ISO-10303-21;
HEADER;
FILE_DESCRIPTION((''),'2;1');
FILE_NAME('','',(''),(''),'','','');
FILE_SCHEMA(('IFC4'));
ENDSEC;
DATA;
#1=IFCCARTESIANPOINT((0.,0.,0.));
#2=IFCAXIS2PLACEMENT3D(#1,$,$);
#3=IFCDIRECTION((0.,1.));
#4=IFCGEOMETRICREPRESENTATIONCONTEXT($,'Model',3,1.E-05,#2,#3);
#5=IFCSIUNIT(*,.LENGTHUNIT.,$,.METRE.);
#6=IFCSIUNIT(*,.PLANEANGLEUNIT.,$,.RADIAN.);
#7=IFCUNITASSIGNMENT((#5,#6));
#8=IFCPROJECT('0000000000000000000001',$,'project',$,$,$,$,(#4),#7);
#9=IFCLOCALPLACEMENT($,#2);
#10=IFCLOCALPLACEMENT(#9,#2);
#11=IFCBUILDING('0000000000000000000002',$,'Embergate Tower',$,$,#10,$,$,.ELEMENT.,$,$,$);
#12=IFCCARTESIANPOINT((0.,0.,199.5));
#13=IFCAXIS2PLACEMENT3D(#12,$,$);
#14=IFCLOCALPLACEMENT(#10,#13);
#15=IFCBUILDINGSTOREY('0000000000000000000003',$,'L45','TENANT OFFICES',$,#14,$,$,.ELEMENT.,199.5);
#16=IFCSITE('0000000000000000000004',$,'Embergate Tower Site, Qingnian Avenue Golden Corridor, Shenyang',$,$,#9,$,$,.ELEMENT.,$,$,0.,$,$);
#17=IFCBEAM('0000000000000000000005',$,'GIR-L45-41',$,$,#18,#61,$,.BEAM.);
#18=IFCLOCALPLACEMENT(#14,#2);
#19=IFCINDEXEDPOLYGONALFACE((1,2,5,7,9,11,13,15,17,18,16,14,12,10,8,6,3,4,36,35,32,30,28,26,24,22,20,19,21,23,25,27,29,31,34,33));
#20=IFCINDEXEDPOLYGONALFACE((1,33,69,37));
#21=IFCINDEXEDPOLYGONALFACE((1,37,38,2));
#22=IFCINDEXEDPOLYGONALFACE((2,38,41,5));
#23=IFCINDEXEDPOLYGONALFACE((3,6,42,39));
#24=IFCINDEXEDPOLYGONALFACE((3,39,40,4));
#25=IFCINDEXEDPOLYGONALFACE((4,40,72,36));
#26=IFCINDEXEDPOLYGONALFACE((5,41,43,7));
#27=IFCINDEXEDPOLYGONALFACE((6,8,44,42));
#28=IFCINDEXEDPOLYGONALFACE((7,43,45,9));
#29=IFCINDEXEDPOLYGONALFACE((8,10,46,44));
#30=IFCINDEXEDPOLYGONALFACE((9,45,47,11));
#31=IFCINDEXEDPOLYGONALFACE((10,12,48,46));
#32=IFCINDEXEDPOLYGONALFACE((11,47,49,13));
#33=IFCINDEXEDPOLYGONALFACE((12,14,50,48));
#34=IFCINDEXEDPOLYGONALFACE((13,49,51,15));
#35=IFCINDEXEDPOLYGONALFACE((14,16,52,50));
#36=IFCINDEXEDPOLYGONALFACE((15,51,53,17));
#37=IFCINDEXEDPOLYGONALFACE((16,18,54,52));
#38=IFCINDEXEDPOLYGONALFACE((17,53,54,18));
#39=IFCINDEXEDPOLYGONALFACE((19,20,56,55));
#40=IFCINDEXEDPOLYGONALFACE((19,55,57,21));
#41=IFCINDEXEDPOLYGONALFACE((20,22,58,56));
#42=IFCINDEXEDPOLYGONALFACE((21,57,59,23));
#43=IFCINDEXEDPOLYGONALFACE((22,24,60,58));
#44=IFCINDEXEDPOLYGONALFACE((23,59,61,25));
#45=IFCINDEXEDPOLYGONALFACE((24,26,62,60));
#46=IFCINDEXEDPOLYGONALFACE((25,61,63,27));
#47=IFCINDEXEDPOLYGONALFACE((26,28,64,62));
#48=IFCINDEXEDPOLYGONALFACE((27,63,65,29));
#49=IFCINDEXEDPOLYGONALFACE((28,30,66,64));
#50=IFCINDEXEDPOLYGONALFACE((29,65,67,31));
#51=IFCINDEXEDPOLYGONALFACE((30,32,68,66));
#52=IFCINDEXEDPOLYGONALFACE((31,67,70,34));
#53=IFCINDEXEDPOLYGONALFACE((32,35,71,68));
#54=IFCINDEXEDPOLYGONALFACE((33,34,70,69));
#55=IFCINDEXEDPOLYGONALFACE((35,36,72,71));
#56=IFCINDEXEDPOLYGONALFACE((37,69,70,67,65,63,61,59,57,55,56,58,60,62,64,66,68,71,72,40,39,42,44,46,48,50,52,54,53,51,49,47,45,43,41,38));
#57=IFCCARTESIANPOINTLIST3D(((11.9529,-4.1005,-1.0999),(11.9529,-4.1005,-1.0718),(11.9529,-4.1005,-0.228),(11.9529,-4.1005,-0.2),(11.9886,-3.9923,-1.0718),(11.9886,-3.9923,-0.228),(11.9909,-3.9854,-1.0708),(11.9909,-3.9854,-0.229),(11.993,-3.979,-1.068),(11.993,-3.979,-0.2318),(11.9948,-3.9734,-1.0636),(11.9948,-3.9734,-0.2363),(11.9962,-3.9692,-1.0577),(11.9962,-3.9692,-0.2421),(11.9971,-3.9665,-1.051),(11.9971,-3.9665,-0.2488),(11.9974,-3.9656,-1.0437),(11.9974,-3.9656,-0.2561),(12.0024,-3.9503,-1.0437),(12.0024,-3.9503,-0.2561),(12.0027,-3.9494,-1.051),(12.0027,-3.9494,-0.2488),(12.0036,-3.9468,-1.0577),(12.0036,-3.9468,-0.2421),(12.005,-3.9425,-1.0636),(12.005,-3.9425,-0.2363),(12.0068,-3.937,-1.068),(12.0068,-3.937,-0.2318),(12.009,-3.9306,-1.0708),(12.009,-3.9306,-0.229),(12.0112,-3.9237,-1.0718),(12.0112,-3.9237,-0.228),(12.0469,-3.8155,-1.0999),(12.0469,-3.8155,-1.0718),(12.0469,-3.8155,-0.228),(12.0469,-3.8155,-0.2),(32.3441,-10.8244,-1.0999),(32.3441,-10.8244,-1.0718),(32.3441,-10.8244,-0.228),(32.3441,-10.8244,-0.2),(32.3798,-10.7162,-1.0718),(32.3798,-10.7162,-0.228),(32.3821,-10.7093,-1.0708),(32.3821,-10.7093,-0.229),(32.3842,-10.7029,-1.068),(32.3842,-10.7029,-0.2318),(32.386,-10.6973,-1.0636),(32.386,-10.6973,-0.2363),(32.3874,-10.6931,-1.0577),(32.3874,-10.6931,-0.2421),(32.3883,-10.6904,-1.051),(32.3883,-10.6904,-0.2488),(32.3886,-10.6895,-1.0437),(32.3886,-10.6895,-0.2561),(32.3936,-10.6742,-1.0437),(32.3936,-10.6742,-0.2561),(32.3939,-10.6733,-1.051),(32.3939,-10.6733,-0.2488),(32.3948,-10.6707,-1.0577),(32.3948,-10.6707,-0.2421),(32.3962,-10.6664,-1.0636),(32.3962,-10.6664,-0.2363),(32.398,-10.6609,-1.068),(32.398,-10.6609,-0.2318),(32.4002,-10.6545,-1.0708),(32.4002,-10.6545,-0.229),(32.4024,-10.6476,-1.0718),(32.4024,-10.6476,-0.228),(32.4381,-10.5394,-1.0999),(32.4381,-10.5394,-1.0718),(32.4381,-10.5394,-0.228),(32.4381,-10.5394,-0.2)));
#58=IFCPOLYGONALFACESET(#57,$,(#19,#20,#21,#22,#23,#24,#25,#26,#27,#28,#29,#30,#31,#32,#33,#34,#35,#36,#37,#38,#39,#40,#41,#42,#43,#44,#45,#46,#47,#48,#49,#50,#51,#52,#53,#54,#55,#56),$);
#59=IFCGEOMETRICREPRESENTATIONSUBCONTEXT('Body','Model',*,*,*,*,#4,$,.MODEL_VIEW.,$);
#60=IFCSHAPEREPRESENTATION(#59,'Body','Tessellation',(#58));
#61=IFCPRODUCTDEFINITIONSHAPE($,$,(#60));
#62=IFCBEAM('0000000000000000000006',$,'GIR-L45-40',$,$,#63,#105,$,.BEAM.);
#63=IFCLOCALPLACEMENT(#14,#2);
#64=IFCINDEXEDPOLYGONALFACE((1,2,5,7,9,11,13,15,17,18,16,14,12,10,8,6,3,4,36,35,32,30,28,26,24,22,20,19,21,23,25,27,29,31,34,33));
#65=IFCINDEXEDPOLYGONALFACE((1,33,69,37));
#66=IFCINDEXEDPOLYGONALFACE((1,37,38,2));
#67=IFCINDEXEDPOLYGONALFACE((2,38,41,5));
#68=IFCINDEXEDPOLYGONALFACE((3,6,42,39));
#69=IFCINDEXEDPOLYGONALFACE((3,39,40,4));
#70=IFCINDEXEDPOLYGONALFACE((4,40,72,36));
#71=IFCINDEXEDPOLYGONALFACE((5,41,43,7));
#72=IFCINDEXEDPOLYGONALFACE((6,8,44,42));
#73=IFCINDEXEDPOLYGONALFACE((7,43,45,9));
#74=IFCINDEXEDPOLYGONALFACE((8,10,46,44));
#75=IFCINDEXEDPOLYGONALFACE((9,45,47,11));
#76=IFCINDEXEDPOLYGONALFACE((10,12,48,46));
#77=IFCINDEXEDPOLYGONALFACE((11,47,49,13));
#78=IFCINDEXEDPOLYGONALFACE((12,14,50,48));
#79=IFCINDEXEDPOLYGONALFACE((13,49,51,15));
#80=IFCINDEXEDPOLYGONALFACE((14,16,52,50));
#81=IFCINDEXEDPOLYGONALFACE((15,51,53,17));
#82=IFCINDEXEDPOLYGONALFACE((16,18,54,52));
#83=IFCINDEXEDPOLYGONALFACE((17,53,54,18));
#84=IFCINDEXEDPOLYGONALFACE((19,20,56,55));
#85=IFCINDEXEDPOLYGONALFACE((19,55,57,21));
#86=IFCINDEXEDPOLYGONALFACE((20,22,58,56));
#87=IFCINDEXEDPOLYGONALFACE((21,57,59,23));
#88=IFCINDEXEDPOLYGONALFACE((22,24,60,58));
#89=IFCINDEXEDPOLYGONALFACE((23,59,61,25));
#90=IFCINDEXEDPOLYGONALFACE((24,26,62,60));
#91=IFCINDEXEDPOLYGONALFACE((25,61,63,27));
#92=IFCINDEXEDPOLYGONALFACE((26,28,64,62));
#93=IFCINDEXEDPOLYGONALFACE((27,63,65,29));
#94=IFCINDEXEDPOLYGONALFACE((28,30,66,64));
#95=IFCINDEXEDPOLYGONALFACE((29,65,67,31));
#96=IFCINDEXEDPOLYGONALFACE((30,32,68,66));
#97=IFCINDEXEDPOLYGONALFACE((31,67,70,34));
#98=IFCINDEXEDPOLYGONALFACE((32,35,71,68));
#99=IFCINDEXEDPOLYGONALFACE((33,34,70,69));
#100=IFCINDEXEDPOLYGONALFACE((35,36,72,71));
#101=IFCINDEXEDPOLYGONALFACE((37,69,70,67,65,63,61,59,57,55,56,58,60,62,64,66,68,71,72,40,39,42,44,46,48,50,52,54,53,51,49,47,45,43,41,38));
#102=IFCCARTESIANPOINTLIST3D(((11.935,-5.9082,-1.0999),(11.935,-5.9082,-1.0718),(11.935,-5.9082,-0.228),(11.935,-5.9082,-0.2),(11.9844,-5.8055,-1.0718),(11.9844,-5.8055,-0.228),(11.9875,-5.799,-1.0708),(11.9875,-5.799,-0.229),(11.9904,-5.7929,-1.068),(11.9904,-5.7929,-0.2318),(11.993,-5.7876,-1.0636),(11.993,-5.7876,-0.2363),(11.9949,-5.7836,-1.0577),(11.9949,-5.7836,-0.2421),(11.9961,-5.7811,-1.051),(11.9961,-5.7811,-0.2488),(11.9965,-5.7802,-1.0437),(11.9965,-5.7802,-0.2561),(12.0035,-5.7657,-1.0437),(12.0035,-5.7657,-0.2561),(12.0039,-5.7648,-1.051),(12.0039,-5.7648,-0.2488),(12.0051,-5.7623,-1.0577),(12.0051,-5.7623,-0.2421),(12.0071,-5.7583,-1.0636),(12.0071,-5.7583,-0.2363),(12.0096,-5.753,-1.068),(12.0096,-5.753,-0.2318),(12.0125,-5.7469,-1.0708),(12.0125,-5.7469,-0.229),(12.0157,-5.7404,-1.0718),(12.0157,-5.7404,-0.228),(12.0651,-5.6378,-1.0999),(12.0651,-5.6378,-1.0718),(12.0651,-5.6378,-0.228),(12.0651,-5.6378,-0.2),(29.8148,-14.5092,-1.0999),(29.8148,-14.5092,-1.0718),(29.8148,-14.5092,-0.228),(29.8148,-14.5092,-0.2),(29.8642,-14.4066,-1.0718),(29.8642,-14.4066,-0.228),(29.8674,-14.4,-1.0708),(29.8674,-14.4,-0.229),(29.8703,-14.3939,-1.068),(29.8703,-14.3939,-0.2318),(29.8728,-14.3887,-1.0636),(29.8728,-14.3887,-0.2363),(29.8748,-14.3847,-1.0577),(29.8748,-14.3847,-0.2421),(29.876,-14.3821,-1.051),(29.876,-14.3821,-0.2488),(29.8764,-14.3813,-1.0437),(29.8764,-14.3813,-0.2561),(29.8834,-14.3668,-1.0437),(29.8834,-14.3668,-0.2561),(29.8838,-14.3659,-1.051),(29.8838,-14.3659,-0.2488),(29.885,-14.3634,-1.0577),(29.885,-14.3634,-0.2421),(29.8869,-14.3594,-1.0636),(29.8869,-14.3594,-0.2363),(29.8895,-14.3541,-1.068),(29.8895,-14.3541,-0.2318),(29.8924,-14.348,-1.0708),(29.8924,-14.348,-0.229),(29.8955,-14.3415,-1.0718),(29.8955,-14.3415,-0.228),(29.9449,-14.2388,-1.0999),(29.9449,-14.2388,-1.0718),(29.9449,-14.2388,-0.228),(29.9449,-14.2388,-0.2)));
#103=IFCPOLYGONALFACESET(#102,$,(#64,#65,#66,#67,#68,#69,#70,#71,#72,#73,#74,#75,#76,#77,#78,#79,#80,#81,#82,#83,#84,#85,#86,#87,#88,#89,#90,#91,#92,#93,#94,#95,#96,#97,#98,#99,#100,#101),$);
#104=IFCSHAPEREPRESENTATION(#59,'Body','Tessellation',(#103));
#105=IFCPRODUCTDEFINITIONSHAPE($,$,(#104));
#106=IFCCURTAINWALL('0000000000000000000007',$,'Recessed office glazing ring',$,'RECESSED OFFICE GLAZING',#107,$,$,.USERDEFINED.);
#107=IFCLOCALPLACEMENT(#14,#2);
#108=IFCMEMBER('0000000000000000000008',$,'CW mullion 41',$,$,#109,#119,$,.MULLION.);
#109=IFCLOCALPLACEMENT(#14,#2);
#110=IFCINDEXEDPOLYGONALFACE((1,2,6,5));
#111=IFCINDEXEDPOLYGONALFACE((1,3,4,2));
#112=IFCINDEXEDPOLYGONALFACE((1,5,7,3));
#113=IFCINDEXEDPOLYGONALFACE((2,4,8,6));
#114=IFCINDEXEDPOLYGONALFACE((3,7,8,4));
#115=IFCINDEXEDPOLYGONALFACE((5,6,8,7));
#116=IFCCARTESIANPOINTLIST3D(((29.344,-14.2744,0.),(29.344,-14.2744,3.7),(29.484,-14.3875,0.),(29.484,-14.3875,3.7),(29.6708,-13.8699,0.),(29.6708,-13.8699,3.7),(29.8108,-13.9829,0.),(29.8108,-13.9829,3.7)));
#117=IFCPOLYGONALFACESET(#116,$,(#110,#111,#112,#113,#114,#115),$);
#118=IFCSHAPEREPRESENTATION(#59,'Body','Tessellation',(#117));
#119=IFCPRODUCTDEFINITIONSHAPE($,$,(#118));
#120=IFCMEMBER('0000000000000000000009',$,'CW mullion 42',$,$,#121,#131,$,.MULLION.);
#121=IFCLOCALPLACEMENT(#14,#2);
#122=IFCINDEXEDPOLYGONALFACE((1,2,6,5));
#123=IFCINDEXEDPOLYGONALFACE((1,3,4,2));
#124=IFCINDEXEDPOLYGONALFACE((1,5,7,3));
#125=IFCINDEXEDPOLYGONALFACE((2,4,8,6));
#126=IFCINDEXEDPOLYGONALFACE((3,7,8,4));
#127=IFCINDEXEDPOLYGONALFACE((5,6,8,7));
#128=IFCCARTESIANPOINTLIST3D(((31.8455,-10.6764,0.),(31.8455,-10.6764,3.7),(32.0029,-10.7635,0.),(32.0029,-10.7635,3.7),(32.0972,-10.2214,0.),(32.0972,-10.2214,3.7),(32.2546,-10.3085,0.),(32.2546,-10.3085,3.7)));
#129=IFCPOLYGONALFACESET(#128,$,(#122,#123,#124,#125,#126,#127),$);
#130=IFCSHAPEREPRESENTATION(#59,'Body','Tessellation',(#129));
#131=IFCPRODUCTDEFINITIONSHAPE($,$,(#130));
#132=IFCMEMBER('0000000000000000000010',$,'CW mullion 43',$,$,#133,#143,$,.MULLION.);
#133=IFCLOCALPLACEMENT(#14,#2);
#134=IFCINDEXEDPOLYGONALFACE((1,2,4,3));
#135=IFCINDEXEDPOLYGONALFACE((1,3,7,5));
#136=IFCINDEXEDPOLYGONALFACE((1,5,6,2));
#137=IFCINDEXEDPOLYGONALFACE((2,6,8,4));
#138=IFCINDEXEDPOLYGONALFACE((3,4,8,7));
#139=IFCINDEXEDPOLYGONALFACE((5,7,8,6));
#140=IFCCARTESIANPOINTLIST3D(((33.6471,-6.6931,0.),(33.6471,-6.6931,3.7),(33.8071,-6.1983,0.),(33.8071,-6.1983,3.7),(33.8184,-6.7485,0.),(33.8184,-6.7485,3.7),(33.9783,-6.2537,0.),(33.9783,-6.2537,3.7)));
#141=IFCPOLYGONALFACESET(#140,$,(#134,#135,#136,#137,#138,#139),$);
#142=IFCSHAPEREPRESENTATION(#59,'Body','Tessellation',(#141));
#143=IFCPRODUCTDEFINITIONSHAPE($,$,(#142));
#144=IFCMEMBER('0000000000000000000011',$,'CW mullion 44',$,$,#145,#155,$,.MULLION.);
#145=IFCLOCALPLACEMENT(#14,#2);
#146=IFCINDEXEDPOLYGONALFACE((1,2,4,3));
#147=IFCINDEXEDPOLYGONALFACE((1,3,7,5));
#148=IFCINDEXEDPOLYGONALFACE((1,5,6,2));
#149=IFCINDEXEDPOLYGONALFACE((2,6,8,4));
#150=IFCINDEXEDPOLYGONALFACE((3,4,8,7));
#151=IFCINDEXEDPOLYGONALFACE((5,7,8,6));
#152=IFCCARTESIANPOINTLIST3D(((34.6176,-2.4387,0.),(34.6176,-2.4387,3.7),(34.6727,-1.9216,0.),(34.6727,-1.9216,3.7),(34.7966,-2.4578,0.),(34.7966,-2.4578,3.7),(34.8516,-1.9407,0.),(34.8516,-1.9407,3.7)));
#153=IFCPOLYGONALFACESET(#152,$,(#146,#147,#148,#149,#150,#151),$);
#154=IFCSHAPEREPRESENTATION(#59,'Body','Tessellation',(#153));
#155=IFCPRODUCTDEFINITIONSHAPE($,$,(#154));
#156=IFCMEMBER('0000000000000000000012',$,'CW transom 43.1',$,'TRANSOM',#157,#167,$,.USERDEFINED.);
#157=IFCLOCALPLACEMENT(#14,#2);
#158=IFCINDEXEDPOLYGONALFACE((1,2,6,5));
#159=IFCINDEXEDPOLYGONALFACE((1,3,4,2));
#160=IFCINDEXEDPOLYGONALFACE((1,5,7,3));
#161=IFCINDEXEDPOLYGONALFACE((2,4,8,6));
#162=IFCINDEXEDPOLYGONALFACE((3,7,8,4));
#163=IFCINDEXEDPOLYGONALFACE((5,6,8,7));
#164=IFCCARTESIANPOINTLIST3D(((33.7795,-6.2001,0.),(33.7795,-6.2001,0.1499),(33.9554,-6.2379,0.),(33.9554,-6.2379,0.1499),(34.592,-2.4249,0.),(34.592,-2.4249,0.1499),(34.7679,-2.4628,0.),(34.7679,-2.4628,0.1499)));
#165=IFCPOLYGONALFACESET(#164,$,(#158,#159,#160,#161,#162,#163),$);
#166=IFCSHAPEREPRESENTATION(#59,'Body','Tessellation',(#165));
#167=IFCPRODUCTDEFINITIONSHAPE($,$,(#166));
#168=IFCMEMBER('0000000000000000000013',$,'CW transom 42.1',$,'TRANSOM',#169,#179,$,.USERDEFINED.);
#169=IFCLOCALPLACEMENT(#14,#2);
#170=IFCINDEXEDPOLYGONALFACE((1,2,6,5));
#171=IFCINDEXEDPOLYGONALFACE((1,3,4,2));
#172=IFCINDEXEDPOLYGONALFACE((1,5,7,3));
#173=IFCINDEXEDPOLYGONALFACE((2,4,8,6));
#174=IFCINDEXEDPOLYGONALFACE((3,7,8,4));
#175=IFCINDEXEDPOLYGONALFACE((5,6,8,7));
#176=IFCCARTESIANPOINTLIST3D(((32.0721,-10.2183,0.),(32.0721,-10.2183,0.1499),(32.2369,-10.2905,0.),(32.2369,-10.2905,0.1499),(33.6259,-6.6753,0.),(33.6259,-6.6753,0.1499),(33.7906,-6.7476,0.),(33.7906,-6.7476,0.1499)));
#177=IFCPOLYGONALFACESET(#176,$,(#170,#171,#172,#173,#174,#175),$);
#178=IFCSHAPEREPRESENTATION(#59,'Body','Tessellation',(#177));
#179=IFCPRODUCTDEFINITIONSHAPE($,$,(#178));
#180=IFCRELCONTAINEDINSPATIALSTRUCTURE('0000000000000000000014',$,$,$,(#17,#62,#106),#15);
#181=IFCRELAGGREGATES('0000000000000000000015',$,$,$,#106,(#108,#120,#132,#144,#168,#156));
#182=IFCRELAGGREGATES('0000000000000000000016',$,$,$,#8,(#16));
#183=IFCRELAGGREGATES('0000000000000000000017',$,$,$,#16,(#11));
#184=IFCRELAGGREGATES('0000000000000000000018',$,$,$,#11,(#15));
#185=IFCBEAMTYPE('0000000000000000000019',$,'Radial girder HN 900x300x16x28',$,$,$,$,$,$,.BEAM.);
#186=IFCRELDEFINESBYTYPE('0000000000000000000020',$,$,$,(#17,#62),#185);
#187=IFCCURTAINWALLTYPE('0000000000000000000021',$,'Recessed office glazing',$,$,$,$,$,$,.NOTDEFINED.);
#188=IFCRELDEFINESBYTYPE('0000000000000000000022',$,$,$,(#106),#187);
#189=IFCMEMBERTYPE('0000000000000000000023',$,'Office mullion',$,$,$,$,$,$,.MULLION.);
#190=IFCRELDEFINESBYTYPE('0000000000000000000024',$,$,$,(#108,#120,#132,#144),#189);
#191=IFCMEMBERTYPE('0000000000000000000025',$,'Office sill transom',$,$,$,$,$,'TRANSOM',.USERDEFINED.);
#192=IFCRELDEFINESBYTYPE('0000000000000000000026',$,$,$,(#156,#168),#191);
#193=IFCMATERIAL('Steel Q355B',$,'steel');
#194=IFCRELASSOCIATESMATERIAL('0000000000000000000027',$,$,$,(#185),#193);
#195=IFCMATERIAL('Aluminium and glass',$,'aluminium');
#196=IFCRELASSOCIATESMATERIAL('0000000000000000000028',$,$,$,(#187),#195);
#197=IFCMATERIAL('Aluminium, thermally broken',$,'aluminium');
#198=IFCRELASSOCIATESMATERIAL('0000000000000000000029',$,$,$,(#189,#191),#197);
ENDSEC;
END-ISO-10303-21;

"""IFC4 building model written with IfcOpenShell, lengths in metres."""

from ifc_helpers import new_model, si_unit, direction, frame, origin, origin_2d, place, context, subcontext, project, spatial, rectangle, i_section, extrude, source, transform, mapped, material, material_profile, profile_set, type_object, element, aggregate, save


model = new_model("IFC4")

# Units and contexts
model_context = context("Model", 3, precision=1e-05, world=origin(), true_north=direction((0.0, 1.0)))
body_context = subcontext(model_context, "Body", "Model", "MODEL_VIEW")
ifc_project = project(units=[si_unit("LENGTHUNIT", "METRE"), si_unit("PLANEANGLEUNIT", "RADIAN")], contexts=[model_context])

# Site, building, storey
site_placement = place(None, origin())
site = spatial("IfcSite", under=ifc_project, at=site_placement, Name="Embergate Tower Site, Qingnian Avenue Golden Corridor, Shenyang", CompositionType="ELEMENT", RefElevation=0.0)
building_placement = place(site_placement, origin())
building = spatial("IfcBuilding", under=site, at=building_placement, Name="Embergate Tower", CompositionType="ELEMENT")
storey_placement = place(building_placement, frame((0.0, 0.0, 199.5)))
storey = spatial("IfcBuildingStorey", under=building, at=storey_placement, Name="L45", Description="TENANT OFFICES", CompositionType="ELEMENT", Elevation=199.5)

# Beams
ifc_material_1 = material(Name="Steel Q355B", Category="steel")
ifc_material_profile_1 = material_profile(ifc_material_1, i_section(OverallWidth=0.3, OverallDepth=0.8999, WebThickness=0.0161, FlangeThickness=0.0281, FilletRadius=0.0281, at=origin_2d()), Name="HN 900x300x16x28")
ifc_profile_set_1 = profile_set([ifc_material_profile_1], Name="Steel Q355 grade B")
beam_type_1 = type_object("IfcBeamType", Name="Radial girder HN 900x300x16x28", PredefinedType="BEAM", material=ifc_profile_set_1)
shared_shape_1 = source(origin(), body_context, "Body", "SweptSolid", [
    extrude(i_section(OverallWidth=0.3, OverallDepth=0.8999, WebThickness=0.0161, FlangeThickness=0.0281, FilletRadius=0.0281, at=origin_2d()), origin(), (0.0, 0.0, 1.0), 21.4712),
])
beam_1_placement = place(storey_placement, frame((32.3911, -10.6819, -0.6499), z_axis=(-0.949701, 0.313159, 0.0), x_axis=(-0.313159, -0.949701, 0.0)))
element("IfcBeam", 1, at=beam_1_placement, inside=storey, type_object=beam_type_1, Name="GIR-L45-41", PredefinedType="BEAM", context=body_context, shape_type="MappedRepresentation", body=[
    mapped(shared_shape_1, transform((0.0, 0.0, 0.0))),
])
shared_shape_2 = source(origin(), body_context, "Body", "SweptSolid", [
    extrude(i_section(OverallWidth=0.3, OverallDepth=0.8999, WebThickness=0.0161, FlangeThickness=0.0281, FilletRadius=0.0281, at=origin_2d()), origin(), (0.0, 0.0, 1.0), 19.8411),
])
beam_2_placement = place(storey_placement, frame((29.8799, -14.374, -0.6499), z_axis=(-0.901154, 0.433498, 0.0), x_axis=(-0.433498, -0.901154, 0.0)))
element("IfcBeam", 2, at=beam_2_placement, inside=storey, type_object=beam_type_1, Name="GIR-L45-40", PredefinedType="BEAM", context=body_context, shape_type="MappedRepresentation", body=[
    mapped(shared_shape_2, transform((0.0, 0.0, 0.0))),
])

# Curtain wall, members
ifc_material_2 = material(Name="Aluminium and glass", Category="aluminium")
curtain_wall_type = type_object("IfcCurtainWallType", Name="Recessed office glazing", PredefinedType="NOTDEFINED", material=ifc_material_2)
curtain_wall_placement = place(storey_placement, origin())
curtain_wall = element("IfcCurtainWall", 3, at=curtain_wall_placement, inside=storey, type_object=curtain_wall_type, Name="Recessed office glazing ring", ObjectType="RECESSED OFFICE GLAZING", PredefinedType="USERDEFINED")
ifc_material_3 = material(Name="Aluminium, thermally broken", Category="aluminium")
ifc_material_profile_2 = material_profile(ifc_material_3, rectangle(XDim=0.1799, YDim=0.52, at=origin_2d()), Name="AL 520x180")
ifc_profile_set_2 = profile_set([ifc_material_profile_2], Name="Aluminium, thermally broken")
member_type_1 = type_object("IfcMemberType", Name="Office mullion", PredefinedType="MULLION", material=ifc_profile_set_2)
shared_shape_3 = source(origin(), body_context, "Body", "SweptSolid", [
    extrude(rectangle(XDim=0.1799, YDim=0.52, at=origin_2d()), origin(), (0.0, 0.0, 1.0), 3.7),
])
member_1_placement = place(storey_placement, frame((29.5774, -14.1287, 0.0), z_axis=(0.0, 0.0, 1.0), x_axis=(-0.777879, 0.628414, 0.0)))
member_1 = element("IfcMember", 4, at=member_1_placement, type_object=member_type_1, Name="CW mullion 41", PredefinedType="MULLION", context=body_context, shape_type="MappedRepresentation", body=[
    mapped(shared_shape_3, transform((0.0, 0.0, 0.0))),
])
member_2_placement = place(storey_placement, frame((32.05, -10.4924, 0.0), z_axis=(0.0, 0.0, 1.0), x_axis=(-0.875006, 0.484112, 0.0)))
member_2 = element("IfcMember", 5, at=member_2_placement, type_object=member_type_1, Name="CW mullion 42", PredefinedType="MULLION", context=body_context, shape_type="MappedRepresentation", body=[
    mapped(shared_shape_3, transform((0.0, 0.0, 0.0))),
])
member_3_placement = place(storey_placement, frame((33.8127, -6.4734, 0.0), z_axis=(0.0, 0.0, 1.0), x_axis=(-0.951499, 0.307651, 0.0)))
member_3 = element("IfcMember", 6, at=member_3_placement, type_object=member_type_1, Name="CW mullion 43", PredefinedType="MULLION", context=body_context, shape_type="MappedRepresentation", body=[
    mapped(shared_shape_3, transform((0.0, 0.0, 0.0))),
])
member_4_placement = place(storey_placement, frame((34.7346, -2.1897, 0.0), z_axis=(0.0, 0.0, 1.0), x_axis=(-0.994385, 0.105822, 0.0)))
member_4 = element("IfcMember", 7, at=member_4_placement, type_object=member_type_1, Name="CW mullion 44", PredefinedType="MULLION", context=body_context, shape_type="MappedRepresentation", body=[
    mapped(shared_shape_3, transform((0.0, 0.0, 0.0))),
])
ifc_material_profile_3 = material_profile(ifc_material_3, rectangle(XDim=0.1799, YDim=0.1499, at=origin_2d()), Name="AL 150x180")
ifc_profile_set_3 = profile_set([ifc_material_profile_3], Name="Aluminium, thermally broken")
member_type_2 = type_object("IfcMemberType", Name="Office sill transom", ElementType="TRANSOM", PredefinedType="USERDEFINED", material=ifc_profile_set_3)
shared_shape_4 = source(origin(), body_context, "Body", "SweptSolid", [
    extrude(rectangle(XDim=0.1799, YDim=0.1499, at=origin_2d()), origin(), (0.0, 0.0, 1.0), 3.8616),
])
member_5_placement = place(storey_placement, frame((33.8674, -6.219, 0.075), z_axis=(0.210405, 0.977614, 0.0), x_axis=(-0.977614, 0.210405, 0.0)))
member_5 = element("IfcMember", 8, at=member_5_placement, type_object=member_type_2, Name="CW transom 43.1", ObjectType="TRANSOM", PredefinedType="USERDEFINED", context=body_context, shape_type="MappedRepresentation", body=[
    mapped(shared_shape_4, transform((0.0, 0.0, 0.0))),
])
shared_shape_5 = source(origin(), body_context, "Body", "SweptSolid", [
    extrude(rectangle(XDim=0.1799, YDim=0.1499, at=origin_2d()), origin(), (0.0, 0.0, 1.0), 3.8687),
])
member_6_placement = place(storey_placement, frame((32.1545, -10.2544, 0.075), z_axis=(0.401613, 0.915809, 0.0), x_axis=(-0.915809, 0.401613, 0.0)))
member_6 = element("IfcMember", 9, at=member_6_placement, type_object=member_type_2, Name="CW transom 42.1", ObjectType="TRANSOM", PredefinedType="USERDEFINED", context=body_context, shape_type="MappedRepresentation", body=[
    mapped(shared_shape_5, transform((0.0, 0.0, 0.0))),
])
aggregate(curtain_wall, [member_1, member_2, member_3, member_4, member_6, member_5])

save(model, "model.ifc")
